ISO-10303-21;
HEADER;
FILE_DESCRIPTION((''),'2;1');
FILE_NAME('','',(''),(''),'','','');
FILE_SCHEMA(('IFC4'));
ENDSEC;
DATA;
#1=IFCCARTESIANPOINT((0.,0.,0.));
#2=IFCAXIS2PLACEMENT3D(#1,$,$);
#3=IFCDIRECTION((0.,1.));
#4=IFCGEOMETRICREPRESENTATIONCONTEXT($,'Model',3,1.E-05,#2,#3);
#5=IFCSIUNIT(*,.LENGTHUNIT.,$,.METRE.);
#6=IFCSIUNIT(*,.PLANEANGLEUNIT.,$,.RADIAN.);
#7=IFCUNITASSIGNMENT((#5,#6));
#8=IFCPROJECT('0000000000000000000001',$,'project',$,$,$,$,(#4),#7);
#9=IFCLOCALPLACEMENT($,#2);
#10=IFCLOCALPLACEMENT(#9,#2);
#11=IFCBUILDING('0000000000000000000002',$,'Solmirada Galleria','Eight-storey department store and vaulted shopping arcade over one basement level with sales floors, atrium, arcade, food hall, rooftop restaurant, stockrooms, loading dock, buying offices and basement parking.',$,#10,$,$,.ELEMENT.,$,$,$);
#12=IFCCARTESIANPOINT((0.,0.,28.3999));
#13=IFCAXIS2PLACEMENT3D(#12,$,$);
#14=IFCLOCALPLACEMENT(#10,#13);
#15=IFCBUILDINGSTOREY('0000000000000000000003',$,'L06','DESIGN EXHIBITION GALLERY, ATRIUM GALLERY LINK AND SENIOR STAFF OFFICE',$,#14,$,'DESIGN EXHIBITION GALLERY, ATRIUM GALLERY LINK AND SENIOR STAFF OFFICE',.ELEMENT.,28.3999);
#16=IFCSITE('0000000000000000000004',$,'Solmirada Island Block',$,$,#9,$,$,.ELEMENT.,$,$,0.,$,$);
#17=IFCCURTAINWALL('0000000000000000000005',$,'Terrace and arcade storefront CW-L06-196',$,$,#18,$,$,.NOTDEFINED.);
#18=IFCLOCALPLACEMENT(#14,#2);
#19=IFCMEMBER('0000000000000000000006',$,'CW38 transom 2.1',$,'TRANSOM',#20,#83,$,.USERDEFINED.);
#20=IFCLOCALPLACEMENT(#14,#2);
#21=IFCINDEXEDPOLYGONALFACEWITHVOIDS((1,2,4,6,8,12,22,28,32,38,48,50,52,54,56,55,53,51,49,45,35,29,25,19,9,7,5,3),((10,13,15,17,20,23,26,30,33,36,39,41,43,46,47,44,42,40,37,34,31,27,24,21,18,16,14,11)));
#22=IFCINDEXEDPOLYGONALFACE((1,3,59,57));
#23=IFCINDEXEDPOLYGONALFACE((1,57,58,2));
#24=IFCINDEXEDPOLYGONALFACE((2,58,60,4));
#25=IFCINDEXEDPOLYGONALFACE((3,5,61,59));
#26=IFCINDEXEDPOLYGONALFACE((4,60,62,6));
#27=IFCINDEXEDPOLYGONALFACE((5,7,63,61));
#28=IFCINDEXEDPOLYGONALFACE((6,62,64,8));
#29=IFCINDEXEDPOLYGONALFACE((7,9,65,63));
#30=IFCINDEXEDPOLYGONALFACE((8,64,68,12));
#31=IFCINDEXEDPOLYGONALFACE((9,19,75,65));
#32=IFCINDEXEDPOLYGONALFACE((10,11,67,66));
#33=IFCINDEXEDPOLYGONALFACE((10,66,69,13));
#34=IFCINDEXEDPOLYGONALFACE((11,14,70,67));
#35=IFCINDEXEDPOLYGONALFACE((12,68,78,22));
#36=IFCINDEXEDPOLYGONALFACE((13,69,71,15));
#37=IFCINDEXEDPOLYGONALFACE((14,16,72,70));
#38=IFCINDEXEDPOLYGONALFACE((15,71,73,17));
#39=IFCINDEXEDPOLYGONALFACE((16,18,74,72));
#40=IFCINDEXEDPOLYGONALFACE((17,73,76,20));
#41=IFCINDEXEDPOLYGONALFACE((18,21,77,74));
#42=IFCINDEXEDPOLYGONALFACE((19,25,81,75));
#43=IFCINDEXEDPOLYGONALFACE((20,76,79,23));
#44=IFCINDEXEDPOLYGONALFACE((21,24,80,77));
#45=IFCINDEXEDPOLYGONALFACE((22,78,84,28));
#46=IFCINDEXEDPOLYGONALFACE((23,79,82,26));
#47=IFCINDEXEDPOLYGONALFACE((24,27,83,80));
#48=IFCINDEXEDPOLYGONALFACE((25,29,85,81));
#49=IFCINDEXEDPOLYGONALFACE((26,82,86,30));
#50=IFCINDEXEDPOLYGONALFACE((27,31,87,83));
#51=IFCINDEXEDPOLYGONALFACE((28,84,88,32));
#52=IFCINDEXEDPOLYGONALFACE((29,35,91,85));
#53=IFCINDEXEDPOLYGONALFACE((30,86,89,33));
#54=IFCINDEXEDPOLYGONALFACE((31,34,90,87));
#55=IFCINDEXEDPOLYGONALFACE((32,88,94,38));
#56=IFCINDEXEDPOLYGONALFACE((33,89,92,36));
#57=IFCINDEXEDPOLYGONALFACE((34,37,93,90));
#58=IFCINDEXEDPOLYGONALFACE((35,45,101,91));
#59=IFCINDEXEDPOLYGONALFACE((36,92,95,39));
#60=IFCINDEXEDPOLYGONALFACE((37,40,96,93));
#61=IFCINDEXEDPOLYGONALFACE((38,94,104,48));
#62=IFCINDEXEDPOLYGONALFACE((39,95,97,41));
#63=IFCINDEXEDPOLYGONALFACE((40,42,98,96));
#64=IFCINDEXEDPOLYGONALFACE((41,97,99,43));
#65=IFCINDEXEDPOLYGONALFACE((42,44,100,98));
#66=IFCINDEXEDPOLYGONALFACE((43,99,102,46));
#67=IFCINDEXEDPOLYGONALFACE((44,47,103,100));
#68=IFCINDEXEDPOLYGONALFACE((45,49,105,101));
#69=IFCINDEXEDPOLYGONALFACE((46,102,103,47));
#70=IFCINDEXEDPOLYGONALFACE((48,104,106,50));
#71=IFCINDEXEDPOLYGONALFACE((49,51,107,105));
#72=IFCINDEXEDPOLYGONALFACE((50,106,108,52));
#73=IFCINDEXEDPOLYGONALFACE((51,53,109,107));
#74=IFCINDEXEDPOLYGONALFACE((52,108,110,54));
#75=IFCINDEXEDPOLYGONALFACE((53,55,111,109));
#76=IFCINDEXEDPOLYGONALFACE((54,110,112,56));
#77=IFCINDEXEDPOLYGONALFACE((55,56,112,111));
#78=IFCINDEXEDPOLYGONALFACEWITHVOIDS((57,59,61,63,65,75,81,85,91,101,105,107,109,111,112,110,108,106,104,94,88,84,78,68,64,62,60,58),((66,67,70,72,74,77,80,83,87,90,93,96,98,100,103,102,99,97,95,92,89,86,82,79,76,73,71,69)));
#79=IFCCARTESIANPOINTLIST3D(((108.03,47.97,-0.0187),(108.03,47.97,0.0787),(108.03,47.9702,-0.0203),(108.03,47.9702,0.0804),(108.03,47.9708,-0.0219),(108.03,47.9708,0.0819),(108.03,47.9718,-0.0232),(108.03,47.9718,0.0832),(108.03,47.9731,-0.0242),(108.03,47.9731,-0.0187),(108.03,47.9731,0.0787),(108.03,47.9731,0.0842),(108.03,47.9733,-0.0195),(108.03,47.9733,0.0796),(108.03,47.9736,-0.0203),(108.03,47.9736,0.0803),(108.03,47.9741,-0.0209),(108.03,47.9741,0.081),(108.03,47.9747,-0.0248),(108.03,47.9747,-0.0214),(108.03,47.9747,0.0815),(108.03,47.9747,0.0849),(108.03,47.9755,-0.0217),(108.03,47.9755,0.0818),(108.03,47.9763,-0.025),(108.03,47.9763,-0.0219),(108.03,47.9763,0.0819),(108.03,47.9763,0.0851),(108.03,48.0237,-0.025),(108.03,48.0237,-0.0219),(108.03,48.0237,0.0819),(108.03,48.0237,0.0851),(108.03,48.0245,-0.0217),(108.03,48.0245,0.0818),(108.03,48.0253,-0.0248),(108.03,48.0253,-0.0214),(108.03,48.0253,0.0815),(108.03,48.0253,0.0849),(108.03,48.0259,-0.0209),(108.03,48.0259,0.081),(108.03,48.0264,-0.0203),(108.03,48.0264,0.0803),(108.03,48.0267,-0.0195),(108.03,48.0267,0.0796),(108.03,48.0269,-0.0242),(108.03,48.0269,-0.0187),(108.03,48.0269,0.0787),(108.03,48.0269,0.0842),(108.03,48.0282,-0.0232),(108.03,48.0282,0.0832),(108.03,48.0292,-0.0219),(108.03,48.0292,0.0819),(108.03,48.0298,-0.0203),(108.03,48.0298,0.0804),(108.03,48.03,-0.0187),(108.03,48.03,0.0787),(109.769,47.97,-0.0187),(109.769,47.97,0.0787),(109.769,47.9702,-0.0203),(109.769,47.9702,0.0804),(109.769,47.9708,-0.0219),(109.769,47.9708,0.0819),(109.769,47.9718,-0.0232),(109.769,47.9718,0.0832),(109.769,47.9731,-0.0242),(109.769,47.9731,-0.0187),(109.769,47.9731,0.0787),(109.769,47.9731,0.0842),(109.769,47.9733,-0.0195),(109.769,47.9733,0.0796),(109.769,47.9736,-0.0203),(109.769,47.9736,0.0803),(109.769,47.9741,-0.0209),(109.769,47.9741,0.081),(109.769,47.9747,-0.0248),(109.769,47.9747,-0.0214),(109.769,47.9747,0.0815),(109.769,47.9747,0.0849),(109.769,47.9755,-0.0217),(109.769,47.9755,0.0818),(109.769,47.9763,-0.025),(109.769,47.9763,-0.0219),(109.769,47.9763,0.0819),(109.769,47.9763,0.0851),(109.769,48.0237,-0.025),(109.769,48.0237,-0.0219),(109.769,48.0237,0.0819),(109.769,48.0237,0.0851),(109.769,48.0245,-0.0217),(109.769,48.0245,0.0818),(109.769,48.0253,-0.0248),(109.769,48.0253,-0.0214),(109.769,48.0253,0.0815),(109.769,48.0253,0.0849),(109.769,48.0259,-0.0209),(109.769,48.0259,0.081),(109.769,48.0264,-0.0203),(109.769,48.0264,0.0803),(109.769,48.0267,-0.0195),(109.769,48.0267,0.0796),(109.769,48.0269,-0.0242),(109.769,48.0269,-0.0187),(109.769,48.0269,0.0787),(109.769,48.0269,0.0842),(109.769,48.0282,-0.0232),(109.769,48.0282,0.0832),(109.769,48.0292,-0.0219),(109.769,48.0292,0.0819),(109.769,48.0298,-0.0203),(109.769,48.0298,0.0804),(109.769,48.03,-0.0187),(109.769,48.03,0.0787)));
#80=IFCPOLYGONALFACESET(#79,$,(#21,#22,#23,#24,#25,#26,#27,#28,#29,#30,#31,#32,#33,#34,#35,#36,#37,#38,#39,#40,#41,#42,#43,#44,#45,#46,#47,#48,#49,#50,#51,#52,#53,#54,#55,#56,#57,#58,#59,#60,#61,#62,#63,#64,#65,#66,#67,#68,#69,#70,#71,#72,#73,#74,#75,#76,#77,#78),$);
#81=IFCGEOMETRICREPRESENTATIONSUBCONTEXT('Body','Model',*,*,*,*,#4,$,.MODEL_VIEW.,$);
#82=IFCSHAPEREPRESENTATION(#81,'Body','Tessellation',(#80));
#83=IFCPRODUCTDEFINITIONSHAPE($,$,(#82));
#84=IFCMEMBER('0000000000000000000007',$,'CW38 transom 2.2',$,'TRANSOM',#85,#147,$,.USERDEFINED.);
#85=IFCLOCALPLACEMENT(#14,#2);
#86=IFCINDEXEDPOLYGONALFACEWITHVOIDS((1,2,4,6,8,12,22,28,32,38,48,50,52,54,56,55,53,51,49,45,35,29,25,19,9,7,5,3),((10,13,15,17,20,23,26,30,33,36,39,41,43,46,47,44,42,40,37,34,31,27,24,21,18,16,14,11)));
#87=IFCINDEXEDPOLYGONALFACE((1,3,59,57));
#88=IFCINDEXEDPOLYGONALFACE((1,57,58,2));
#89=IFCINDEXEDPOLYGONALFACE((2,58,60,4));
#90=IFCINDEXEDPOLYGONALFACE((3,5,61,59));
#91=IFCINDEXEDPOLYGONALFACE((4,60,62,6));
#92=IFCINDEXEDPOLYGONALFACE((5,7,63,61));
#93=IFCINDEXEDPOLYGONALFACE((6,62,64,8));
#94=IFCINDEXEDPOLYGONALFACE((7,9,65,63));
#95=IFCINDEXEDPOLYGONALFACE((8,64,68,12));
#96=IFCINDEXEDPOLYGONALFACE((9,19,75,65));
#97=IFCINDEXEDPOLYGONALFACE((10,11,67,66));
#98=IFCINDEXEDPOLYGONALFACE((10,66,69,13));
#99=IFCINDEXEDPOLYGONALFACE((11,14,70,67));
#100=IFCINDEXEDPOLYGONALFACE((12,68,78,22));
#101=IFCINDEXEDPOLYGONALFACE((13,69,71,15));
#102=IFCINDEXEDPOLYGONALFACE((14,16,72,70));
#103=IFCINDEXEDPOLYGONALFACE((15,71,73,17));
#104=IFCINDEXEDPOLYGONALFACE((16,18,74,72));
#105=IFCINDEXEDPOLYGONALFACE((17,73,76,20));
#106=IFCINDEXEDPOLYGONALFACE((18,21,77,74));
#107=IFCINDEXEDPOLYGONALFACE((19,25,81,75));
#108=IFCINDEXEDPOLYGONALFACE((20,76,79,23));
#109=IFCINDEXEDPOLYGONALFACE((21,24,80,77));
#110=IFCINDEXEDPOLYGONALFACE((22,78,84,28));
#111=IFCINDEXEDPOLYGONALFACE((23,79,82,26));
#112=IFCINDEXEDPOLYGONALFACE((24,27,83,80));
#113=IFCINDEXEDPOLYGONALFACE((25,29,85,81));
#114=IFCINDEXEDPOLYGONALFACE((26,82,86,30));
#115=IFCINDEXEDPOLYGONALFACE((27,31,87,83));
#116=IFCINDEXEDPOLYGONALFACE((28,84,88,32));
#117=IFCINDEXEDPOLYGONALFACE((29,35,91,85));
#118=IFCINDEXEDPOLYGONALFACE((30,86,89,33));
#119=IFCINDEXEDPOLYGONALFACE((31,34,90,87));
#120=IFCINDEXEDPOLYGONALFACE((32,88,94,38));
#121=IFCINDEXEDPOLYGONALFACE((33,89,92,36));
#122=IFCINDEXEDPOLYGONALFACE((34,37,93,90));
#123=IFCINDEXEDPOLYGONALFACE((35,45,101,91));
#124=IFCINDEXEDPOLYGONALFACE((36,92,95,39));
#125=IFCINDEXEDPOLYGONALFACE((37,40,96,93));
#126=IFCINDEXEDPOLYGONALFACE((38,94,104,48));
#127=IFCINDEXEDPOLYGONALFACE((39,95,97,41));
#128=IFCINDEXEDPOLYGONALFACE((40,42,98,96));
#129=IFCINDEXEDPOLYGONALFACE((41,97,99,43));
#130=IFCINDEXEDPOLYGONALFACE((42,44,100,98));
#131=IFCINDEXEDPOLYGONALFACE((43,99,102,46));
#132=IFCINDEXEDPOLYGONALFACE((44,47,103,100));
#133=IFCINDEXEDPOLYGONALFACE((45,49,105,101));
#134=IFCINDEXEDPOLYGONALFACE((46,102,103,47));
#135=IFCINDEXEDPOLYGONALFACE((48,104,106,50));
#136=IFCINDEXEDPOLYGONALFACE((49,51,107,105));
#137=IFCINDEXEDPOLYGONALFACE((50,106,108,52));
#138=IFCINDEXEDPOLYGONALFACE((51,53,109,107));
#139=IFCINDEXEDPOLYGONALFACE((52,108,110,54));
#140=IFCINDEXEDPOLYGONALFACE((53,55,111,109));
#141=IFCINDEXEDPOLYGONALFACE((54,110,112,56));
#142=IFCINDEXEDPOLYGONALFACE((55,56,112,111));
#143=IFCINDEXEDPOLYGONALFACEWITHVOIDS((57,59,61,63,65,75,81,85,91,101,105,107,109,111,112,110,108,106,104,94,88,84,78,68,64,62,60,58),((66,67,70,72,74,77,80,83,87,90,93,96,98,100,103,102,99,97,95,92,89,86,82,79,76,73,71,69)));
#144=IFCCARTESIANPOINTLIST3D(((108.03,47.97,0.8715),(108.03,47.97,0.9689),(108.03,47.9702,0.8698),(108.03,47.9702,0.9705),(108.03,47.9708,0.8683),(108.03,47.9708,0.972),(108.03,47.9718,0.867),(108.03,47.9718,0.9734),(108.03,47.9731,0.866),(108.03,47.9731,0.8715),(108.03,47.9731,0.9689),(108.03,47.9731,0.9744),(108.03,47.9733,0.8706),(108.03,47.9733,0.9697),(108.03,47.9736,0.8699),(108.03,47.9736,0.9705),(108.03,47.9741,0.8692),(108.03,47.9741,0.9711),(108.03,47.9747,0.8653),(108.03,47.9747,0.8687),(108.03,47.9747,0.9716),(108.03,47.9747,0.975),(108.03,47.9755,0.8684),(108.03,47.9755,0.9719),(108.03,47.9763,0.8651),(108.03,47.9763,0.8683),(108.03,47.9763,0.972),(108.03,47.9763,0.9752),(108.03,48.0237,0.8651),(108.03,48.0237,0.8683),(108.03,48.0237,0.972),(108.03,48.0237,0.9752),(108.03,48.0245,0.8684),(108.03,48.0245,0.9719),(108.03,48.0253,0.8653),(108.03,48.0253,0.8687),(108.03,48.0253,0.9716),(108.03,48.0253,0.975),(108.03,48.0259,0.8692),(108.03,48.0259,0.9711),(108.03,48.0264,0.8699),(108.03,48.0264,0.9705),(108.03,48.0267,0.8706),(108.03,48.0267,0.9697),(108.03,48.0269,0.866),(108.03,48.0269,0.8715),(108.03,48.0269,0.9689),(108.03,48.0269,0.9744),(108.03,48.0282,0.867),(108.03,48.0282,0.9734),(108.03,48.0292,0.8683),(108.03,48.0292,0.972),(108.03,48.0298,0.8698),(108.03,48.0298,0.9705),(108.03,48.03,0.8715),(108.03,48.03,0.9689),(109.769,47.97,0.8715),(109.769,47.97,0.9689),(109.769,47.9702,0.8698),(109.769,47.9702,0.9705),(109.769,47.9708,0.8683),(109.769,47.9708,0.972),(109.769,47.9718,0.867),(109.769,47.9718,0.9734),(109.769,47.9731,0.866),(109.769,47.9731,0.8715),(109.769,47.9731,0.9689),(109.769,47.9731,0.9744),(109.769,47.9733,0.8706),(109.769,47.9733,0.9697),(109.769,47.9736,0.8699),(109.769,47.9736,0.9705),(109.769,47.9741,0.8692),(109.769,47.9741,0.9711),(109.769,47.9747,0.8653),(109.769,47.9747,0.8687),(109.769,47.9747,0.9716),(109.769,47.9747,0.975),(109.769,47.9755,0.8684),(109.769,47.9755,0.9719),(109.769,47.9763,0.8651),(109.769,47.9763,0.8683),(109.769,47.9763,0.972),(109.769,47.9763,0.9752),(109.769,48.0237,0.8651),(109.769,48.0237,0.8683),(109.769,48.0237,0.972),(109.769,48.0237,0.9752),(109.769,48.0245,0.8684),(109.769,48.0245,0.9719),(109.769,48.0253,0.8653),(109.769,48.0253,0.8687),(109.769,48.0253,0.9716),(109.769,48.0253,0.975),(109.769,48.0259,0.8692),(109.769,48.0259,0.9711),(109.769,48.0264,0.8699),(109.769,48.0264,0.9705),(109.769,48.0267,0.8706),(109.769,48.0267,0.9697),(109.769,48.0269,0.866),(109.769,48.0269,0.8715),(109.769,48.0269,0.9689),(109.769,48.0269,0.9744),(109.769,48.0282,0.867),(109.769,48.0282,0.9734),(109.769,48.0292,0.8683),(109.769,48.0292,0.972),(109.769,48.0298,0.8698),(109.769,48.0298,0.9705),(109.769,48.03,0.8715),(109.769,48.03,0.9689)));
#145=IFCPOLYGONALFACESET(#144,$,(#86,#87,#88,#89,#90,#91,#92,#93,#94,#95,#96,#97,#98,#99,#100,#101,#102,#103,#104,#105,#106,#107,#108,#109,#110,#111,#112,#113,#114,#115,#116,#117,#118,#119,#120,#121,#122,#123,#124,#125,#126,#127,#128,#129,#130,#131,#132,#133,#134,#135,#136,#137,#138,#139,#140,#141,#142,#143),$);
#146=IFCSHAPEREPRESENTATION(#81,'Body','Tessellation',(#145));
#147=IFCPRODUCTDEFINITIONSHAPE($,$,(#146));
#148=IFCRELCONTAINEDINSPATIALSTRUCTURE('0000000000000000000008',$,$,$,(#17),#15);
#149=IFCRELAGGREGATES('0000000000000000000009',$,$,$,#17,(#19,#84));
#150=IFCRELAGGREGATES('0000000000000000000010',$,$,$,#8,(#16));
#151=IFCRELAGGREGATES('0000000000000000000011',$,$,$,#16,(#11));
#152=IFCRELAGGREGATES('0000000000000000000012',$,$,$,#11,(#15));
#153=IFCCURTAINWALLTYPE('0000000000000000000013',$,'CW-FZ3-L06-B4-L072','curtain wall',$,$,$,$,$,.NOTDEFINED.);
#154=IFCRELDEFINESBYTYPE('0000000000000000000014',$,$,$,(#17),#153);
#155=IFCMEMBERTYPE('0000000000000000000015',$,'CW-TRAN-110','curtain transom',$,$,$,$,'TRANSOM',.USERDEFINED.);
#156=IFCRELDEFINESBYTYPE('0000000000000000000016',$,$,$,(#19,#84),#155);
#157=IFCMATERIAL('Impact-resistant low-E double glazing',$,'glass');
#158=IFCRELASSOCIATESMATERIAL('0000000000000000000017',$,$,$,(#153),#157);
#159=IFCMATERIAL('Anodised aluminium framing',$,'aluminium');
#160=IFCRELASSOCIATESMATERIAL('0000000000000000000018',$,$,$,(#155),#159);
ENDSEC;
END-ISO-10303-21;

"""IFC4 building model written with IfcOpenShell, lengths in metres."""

from ifc_helpers import new_model, si_unit, direction, frame, origin, origin_2d, place, context, subcontext, project, spatial, hollow_rectangle, extrude, material, material_profile, profile_set, type_object, element, aggregate, save


model = new_model("IFC4")

# Units and contexts
model_context = context("Model", 3, precision=1e-05, world=origin(), true_north=direction((0.0, 1.0)))
body_context = subcontext(model_context, "Body", "Model", "MODEL_VIEW")
ifc_project = project(units=[si_unit("LENGTHUNIT", "METRE"), si_unit("PLANEANGLEUNIT", "RADIAN")], contexts=[model_context])

# Site, building, storey
site_placement = place(None, origin())
site = spatial("IfcSite", under=ifc_project, at=site_placement, Name="Solmirada Island Block", CompositionType="ELEMENT", RefElevation=0.0)
building_placement = place(site_placement, origin())
building = spatial("IfcBuilding", under=site, at=building_placement, Name="Solmirada Galleria", Description="Eight-storey department store and vaulted shopping arcade over one basement level with sales floors, atrium, arcade, food hall, rooftop restaurant, stockrooms, loading dock, buying offices and basement parking.", CompositionType="ELEMENT")
storey_placement = place(building_placement, frame((0.0, 0.0, 28.3999)))
storey = spatial("IfcBuildingStorey", under=building, at=storey_placement, Name="L06", Description="DESIGN EXHIBITION GALLERY, ATRIUM GALLERY LINK AND SENIOR STAFF OFFICE", LongName="DESIGN EXHIBITION GALLERY, ATRIUM GALLERY LINK AND SENIOR STAFF OFFICE", CompositionType="ELEMENT", Elevation=28.3999)

# Curtain wall
ifc_material_1 = material(Name="Impact-resistant low-E double glazing", Category="glass")
curtain_wall_type_1 = type_object("IfcCurtainWallType", Name="CW-FZ3-L06-B4-L072", Description="curtain wall", PredefinedType="NOTDEFINED", material=ifc_material_1)
curtain_wall_1_placement = place(storey_placement, origin())
curtain_wall_1 = element("IfcCurtainWall", 1, at=curtain_wall_1_placement, inside=storey, type_object=curtain_wall_type_1, Name="Terrace and arcade storefront CW-L06-196", PredefinedType="NOTDEFINED")
ifc_material_2 = material(Name="Anodised aluminium framing", Category="aluminium")

# Members
ifc_material_profile_1 = material_profile(ifc_material_2, hollow_rectangle(XDim=0.0601, YDim=0.1101, WallThickness=0.0032, InnerFilletRadius=0.0032, OuterFilletRadius=0.0063, at=origin_2d()), Name="ALU-TRAN-110X60")
ifc_profile_set_1 = profile_set([ifc_material_profile_1], Name="Anodised aluminium framing")
member_type_1 = type_object("IfcMemberType", Name="CW-TRAN-110", Description="curtain transom", ElementType="TRANSOM", PredefinedType="USERDEFINED", material=ifc_profile_set_1)
member_1_placement = place(storey_placement, frame((109.769, 48.0, 0.03), z_axis=(-1.0, 0.0, 0.0), x_axis=(0.0, -1.0, 0.0)))
member_1 = element("IfcMember", 2, at=member_1_placement, type_object=member_type_1, Name="CW38 transom 2.1", ObjectType="TRANSOM", PredefinedType="USERDEFINED", context=body_context, shape_type="SweptSolid", body=[
    extrude(hollow_rectangle(XDim=0.0601, YDim=0.1101, WallThickness=0.0032, InnerFilletRadius=0.0032, OuterFilletRadius=0.0063, at=origin_2d()), origin(), (0.0, 0.0, 1.0), 1.739),
])
member_2_placement = place(storey_placement, frame((109.769, 48.0, 0.9202), z_axis=(-1.0, 0.0, 0.0), x_axis=(0.0, -1.0, 0.0)))
member_2 = element("IfcMember", 3, at=member_2_placement, type_object=member_type_1, Name="CW38 transom 2.2", ObjectType="TRANSOM", PredefinedType="USERDEFINED", context=body_context, shape_type="SweptSolid", body=[
    extrude(hollow_rectangle(XDim=0.0601, YDim=0.1101, WallThickness=0.0032, InnerFilletRadius=0.0032, OuterFilletRadius=0.0063, at=origin_2d()), origin(), (0.0, 0.0, 1.0), 1.739),
])

aggregate(curtain_wall_1, [member_1, member_2])

save(model, "model.ifc")
